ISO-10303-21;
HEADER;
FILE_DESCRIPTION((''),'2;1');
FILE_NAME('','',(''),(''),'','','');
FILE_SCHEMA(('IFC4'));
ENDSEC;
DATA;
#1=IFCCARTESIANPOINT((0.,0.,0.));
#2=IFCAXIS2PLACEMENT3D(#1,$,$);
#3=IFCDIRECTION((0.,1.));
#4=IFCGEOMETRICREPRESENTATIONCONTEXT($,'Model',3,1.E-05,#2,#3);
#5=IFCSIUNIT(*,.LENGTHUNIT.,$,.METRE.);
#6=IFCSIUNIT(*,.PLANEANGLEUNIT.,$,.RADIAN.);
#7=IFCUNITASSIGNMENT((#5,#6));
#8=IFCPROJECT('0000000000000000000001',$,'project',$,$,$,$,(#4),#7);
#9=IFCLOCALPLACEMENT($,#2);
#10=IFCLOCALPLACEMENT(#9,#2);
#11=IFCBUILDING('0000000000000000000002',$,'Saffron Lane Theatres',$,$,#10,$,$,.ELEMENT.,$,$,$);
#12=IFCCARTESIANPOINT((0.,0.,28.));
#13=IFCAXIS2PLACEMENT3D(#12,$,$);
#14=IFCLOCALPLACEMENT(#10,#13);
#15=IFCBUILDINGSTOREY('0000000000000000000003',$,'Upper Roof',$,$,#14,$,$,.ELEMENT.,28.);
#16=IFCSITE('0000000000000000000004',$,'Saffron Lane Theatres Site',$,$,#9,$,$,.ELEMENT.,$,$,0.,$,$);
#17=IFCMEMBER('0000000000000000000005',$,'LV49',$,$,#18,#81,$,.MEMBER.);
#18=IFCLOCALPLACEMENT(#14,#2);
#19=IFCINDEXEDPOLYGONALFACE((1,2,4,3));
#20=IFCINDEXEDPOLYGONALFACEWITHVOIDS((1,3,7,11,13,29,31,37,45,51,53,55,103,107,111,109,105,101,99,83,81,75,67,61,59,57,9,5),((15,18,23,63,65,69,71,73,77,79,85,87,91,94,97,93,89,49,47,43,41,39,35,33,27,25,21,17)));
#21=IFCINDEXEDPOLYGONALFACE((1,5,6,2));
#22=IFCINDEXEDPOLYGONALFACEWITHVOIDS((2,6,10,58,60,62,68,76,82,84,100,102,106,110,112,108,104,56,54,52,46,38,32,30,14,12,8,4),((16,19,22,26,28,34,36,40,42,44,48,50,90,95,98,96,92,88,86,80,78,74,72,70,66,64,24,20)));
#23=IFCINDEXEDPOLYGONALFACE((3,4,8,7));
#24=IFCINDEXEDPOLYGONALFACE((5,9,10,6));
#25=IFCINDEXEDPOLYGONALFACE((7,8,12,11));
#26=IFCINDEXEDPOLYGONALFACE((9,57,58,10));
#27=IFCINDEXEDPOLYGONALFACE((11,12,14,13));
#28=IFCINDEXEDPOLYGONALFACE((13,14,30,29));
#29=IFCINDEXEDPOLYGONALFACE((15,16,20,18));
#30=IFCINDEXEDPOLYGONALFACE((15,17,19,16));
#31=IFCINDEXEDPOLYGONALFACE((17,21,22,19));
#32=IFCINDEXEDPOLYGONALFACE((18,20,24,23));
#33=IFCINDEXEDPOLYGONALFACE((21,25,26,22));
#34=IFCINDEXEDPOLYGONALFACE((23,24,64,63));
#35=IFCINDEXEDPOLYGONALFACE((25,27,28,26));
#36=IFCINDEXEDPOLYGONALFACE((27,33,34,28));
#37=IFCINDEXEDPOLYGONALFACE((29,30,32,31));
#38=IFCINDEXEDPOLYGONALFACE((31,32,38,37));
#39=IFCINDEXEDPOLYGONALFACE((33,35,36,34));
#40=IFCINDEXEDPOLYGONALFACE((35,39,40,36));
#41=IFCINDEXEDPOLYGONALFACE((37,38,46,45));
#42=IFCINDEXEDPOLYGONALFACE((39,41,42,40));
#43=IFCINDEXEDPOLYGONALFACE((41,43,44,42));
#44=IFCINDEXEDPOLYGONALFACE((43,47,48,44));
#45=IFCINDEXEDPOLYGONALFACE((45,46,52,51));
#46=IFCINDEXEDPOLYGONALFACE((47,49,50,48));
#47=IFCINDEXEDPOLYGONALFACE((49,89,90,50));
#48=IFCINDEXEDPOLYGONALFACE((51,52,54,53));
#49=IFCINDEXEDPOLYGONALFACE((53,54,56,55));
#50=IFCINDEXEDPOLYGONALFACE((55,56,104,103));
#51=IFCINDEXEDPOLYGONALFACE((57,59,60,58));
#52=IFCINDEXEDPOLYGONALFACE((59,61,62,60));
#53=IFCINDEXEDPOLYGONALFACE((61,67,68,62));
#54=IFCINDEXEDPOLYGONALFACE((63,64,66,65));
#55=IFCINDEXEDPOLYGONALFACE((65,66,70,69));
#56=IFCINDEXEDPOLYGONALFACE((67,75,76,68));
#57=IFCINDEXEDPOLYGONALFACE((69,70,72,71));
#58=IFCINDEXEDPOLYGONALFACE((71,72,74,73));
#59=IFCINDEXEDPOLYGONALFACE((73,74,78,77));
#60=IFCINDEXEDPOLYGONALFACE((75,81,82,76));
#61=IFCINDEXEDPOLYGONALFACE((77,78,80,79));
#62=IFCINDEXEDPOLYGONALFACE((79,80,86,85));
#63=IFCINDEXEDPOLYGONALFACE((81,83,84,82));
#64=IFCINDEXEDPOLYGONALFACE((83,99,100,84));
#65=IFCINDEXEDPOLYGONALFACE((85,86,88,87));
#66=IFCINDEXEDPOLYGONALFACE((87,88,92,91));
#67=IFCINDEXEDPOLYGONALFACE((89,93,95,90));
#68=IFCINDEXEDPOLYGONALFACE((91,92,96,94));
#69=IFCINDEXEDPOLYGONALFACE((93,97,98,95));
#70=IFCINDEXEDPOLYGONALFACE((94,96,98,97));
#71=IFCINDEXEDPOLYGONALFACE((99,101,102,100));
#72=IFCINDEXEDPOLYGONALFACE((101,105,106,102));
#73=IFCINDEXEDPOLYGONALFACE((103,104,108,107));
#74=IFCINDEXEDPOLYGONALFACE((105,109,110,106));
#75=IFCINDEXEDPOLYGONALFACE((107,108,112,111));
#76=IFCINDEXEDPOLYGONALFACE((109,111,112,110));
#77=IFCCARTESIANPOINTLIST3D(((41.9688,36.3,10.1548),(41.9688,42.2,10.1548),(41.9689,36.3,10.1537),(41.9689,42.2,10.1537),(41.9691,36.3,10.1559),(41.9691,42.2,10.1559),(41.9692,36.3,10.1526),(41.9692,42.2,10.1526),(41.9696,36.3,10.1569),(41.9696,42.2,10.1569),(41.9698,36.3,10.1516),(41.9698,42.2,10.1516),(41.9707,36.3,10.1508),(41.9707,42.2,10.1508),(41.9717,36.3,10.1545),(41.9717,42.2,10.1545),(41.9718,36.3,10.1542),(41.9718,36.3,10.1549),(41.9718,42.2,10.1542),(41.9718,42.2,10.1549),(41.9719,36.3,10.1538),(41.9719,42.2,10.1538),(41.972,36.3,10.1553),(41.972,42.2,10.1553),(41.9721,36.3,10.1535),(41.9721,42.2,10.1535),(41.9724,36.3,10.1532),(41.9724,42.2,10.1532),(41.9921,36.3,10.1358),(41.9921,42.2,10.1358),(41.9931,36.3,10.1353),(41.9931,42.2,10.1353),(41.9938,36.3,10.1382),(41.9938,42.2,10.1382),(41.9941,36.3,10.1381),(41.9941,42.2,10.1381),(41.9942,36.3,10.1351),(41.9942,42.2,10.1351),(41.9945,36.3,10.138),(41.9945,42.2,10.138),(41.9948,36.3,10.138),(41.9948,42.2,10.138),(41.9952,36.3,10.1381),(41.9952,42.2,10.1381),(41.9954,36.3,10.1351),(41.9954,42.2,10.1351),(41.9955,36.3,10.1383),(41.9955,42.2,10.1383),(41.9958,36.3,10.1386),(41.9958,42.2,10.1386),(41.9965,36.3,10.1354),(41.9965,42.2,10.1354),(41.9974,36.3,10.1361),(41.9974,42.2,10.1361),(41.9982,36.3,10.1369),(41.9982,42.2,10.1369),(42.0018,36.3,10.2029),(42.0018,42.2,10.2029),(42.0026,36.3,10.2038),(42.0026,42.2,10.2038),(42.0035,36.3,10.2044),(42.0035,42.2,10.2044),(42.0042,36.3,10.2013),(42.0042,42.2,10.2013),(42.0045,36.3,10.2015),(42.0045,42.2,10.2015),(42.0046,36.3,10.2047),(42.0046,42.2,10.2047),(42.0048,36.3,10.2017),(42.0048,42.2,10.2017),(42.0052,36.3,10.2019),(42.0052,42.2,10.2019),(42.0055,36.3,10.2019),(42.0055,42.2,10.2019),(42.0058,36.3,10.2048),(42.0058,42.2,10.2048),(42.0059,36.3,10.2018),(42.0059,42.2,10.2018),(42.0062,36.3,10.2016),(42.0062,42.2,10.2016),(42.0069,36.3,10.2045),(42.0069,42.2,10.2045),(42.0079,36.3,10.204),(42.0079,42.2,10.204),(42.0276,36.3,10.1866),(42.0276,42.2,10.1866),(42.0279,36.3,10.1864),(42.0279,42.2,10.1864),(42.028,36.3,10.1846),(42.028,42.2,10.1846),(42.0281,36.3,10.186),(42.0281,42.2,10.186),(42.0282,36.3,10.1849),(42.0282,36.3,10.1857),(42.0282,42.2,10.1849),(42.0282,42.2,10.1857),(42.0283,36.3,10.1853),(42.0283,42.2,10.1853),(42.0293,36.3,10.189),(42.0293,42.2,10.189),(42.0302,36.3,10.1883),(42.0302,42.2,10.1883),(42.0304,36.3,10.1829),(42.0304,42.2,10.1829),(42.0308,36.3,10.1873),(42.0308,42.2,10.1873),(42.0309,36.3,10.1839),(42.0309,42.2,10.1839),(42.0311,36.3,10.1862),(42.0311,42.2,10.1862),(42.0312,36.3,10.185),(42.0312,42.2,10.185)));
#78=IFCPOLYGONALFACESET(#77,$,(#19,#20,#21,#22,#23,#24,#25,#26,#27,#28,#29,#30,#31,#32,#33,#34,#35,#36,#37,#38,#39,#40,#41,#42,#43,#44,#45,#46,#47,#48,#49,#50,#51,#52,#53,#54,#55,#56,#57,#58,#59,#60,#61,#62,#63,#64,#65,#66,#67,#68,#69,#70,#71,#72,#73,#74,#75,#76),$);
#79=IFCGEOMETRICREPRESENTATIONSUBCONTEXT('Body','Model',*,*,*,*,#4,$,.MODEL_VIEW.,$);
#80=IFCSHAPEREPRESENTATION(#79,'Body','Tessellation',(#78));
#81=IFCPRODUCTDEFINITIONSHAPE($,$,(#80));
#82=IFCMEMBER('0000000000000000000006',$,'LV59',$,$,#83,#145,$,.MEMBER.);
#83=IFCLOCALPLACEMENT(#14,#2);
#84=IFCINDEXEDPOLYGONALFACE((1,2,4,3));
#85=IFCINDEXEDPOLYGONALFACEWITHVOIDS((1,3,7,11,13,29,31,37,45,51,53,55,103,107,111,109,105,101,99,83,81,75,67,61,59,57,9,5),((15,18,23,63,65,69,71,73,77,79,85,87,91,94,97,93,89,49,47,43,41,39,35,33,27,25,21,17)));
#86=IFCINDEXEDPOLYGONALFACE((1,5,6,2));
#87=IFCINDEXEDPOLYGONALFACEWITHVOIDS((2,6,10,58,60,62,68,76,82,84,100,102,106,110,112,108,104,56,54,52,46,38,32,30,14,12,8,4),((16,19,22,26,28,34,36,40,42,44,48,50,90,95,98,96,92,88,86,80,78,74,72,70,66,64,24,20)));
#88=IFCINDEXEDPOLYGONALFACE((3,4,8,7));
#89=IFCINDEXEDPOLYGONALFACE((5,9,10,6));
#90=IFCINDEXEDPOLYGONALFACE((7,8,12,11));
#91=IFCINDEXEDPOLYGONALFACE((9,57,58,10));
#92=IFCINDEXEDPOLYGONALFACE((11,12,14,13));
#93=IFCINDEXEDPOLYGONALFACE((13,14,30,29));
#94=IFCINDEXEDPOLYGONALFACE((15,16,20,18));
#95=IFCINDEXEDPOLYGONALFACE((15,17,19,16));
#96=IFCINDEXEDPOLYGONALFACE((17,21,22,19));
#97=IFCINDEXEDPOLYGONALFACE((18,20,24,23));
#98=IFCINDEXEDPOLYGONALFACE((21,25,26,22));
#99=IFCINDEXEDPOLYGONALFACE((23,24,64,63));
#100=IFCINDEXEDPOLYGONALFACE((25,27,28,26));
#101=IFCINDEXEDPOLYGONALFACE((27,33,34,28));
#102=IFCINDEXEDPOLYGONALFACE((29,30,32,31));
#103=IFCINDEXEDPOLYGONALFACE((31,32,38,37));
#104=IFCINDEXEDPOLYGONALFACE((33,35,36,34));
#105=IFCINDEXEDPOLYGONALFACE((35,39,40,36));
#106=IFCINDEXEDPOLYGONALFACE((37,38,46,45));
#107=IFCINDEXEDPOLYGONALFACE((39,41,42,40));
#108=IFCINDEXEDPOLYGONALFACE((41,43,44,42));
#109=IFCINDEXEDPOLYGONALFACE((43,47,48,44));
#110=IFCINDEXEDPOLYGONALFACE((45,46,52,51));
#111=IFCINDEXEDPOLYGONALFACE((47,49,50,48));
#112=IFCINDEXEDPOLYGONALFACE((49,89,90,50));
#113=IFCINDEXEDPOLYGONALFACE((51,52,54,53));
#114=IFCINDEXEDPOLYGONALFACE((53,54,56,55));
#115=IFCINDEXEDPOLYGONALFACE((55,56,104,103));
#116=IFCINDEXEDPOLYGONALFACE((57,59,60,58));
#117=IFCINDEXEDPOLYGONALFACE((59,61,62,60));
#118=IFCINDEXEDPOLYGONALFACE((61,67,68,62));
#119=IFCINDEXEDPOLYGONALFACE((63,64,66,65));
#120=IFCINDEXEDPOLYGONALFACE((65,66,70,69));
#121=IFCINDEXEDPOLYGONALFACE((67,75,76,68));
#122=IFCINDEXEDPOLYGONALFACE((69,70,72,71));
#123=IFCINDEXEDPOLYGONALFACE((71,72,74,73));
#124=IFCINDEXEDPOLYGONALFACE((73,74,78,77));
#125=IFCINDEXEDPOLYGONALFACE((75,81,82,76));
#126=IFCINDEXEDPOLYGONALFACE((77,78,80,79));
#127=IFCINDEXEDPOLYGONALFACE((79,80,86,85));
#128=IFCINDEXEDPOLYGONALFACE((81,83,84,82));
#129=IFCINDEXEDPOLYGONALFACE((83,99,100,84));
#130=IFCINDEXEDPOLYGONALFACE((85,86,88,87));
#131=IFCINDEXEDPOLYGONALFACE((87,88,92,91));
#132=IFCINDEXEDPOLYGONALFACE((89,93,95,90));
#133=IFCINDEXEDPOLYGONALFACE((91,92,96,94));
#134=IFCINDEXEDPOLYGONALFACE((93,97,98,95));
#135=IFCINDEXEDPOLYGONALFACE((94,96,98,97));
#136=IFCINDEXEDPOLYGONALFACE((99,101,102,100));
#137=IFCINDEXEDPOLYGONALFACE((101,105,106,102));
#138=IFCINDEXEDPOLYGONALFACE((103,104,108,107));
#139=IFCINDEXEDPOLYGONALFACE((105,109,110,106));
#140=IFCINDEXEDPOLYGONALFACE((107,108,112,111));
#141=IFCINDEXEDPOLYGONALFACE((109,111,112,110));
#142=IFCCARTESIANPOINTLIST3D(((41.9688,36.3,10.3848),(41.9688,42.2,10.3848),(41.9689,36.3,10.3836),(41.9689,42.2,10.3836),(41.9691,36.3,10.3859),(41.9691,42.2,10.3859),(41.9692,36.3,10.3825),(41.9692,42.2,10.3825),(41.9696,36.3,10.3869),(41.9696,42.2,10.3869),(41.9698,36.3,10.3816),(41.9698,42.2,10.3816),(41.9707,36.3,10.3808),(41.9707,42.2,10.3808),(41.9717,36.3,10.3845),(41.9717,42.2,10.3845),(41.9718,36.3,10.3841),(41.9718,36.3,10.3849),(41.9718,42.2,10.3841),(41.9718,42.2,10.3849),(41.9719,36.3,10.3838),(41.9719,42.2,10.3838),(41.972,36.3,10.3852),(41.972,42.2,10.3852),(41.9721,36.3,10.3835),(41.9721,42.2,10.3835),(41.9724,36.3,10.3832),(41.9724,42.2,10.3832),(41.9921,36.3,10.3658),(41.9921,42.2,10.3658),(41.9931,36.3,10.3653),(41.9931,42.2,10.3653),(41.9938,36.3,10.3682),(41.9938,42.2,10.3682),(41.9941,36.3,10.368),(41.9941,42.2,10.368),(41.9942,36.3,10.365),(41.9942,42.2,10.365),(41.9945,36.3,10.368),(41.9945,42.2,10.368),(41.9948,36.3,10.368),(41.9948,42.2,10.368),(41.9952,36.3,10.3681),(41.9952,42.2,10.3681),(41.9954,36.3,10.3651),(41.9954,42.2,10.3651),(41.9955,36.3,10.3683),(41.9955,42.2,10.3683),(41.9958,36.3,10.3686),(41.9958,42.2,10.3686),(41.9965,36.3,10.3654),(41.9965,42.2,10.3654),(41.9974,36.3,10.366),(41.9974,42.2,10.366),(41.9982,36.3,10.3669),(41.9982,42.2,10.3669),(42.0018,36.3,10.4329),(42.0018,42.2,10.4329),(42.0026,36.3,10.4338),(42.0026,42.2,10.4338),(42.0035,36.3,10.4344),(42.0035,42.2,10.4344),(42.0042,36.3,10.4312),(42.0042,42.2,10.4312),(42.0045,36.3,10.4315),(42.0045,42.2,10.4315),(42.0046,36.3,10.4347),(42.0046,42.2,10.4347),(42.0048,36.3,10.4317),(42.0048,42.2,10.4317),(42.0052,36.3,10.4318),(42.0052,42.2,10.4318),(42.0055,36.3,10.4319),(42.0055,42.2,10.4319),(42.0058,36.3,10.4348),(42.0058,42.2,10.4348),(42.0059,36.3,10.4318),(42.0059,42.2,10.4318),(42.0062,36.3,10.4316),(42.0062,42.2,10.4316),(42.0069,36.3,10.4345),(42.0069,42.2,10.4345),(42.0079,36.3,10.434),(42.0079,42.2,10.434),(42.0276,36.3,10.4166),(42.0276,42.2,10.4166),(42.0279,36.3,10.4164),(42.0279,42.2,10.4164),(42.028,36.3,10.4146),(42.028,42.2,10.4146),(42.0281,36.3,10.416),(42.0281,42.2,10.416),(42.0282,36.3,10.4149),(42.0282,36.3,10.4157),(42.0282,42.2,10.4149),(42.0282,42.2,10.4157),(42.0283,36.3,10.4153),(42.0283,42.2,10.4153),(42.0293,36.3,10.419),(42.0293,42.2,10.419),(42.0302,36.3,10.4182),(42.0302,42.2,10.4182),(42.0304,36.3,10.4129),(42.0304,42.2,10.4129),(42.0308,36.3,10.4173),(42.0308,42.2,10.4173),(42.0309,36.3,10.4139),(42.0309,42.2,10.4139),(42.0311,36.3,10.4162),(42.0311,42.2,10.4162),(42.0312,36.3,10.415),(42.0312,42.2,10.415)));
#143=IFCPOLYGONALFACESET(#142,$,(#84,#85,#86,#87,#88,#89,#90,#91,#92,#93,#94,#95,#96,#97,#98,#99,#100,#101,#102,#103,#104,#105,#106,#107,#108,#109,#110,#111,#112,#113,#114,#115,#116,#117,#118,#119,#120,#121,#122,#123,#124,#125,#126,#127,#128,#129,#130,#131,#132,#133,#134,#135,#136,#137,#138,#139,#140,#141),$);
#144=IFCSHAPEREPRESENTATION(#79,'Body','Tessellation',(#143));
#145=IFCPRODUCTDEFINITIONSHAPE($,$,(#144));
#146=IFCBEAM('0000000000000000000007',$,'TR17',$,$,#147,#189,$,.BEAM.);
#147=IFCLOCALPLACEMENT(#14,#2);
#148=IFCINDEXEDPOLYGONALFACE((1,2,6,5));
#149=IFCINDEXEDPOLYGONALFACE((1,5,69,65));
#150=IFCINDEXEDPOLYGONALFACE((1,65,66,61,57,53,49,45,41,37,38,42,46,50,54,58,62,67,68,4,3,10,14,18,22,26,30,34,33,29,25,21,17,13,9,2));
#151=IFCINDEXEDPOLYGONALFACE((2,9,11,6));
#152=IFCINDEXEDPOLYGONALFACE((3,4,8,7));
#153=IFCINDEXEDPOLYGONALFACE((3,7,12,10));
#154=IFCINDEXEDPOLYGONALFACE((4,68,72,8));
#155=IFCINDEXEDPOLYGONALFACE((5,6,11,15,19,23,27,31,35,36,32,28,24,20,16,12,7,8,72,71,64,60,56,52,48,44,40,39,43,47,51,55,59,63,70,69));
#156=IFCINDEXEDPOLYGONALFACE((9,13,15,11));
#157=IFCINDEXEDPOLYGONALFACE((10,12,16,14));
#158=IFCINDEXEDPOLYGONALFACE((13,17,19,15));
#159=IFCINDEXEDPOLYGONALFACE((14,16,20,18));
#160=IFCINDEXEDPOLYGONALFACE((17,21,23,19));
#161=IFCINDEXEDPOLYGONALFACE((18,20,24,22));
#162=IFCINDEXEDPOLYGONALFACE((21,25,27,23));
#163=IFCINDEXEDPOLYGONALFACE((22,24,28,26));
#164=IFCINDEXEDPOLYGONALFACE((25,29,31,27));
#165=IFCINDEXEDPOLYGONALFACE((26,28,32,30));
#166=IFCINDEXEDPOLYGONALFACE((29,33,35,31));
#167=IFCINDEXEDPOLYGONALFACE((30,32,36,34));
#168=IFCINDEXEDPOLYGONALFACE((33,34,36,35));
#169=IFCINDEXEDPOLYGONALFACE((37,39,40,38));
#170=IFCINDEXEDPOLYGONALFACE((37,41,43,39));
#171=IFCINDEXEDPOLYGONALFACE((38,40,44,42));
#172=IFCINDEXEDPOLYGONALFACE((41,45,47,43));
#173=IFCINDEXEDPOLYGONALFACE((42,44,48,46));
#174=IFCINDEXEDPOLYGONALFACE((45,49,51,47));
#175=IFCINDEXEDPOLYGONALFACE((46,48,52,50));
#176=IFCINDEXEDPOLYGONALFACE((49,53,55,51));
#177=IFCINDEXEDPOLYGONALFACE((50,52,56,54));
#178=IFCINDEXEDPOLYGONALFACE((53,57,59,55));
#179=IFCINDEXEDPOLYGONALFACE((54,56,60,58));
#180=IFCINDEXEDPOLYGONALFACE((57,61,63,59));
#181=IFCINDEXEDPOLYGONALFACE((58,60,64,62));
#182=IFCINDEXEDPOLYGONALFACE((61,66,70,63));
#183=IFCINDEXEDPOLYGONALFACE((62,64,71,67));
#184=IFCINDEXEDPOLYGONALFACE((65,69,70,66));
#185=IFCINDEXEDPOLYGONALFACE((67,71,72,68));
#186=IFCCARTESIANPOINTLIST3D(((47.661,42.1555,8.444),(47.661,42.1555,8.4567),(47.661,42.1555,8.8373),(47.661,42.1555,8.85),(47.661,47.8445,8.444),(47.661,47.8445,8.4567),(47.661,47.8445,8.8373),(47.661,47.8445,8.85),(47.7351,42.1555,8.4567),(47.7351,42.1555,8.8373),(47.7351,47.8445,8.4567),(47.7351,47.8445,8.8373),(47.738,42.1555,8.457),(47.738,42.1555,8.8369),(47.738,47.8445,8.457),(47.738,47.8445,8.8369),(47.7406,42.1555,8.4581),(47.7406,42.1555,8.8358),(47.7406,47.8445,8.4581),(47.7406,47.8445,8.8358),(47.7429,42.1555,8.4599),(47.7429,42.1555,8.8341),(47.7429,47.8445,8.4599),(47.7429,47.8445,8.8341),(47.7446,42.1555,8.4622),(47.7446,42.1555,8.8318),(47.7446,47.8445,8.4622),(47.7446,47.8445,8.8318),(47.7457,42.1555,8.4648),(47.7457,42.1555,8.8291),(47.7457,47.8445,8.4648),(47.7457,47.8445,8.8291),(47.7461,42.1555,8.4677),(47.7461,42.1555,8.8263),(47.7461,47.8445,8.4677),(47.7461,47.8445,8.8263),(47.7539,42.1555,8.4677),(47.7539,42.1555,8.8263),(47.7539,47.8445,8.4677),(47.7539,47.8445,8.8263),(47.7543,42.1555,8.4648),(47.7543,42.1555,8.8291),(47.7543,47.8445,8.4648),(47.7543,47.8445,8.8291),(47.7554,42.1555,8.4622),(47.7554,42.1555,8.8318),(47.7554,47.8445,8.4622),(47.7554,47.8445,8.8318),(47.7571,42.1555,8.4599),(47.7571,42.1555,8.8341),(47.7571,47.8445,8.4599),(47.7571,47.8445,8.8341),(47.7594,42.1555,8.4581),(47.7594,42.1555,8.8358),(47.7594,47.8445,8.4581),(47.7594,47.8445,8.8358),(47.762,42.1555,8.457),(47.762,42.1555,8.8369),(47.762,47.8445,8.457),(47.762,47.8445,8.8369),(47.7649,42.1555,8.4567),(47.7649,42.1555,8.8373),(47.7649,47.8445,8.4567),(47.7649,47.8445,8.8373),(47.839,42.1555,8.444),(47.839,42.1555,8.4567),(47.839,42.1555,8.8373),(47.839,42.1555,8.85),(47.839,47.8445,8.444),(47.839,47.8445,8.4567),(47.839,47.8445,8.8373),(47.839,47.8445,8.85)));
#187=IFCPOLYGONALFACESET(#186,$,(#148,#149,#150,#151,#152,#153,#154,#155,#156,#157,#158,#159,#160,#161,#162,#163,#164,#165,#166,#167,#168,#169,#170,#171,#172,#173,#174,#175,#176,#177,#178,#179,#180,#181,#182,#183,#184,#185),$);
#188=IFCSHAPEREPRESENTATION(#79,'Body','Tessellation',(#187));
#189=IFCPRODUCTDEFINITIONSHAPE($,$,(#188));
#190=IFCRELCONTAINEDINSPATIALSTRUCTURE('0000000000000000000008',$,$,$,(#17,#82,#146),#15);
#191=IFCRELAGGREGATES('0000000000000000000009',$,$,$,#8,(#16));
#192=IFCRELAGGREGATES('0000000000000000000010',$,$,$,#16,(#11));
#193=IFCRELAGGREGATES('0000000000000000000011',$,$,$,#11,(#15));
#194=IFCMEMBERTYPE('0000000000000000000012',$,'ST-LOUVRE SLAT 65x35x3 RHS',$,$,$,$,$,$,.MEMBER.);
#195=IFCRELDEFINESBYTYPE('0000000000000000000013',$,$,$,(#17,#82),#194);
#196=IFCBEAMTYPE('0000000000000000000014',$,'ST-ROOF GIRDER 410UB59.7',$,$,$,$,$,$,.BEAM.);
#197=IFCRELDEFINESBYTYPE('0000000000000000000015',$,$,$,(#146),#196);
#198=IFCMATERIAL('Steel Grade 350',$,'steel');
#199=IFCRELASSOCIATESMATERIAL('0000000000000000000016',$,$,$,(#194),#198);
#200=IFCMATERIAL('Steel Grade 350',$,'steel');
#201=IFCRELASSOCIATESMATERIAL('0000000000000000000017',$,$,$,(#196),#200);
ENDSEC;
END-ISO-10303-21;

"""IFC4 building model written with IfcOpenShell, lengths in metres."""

from ifc_helpers import new_model, si_unit, direction, frame, origin, origin_2d, place, context, subcontext, project, spatial, hollow_rectangle, i_section, extrude, material, material_profile, profile_set, type_object, element, save


model = new_model("IFC4")

# Units and contexts
model_context = context("Model", 3, precision=1e-05, world=origin(), true_north=direction((0.0, 1.0)))
body_context = subcontext(model_context, "Body", "Model", "MODEL_VIEW")
ifc_project = project(units=[si_unit("LENGTHUNIT", "METRE"), si_unit("PLANEANGLEUNIT", "RADIAN")], contexts=[model_context])

# Site, building, storey
site_placement = place(None, origin())
site = spatial("IfcSite", under=ifc_project, at=site_placement, Name="Saffron Lane Theatres Site", CompositionType="ELEMENT", RefElevation=0.0)
building_placement = place(site_placement, origin())
building = spatial("IfcBuilding", under=site, at=building_placement, Name="Saffron Lane Theatres", CompositionType="ELEMENT")
storey_placement = place(building_placement, frame((0.0, 0.0, 28.0)))
storey = spatial("IfcBuildingStorey", under=building, at=storey_placement, Name="Upper Roof", CompositionType="ELEMENT", Elevation=28.0)

# Members
ifc_material_1 = material(Name="Steel Grade 350", Category="steel")
ifc_material_profile_1 = material_profile(ifc_material_1, hollow_rectangle(XDim=0.0349, YDim=0.0649, WallThickness=0.0029, InnerFilletRadius=0.0015, OuterFilletRadius=0.0044, at=origin_2d()))
ifc_profile_set_1 = profile_set([ifc_material_profile_1], Name="Steel Grade 350")
member_type_1 = type_object("IfcMemberType", Name="ST-LOUVRE SLAT 65x35x3 RHS", PredefinedType="MEMBER", material=ifc_profile_set_1)
for number, where, z_axis, x_axis, name in (
    (1, (42.0, 36.3, 10.1699), (0.0, 1.0, 0.0), (-0.819152, 0.0, 0.573576), "LV49"),
    (2, (42.0, 36.3, 10.3999), (0.0, 1.0, 0.0), (-0.819152, 0.0, 0.573576), "LV59"),
):
    element("IfcMember", number, at=place(storey_placement, frame(where, z_axis=z_axis, x_axis=x_axis)), inside=storey, type_object=member_type_1, Name=name, PredefinedType="MEMBER", context=body_context, shape_type="SweptSolid", body=[
        extrude(hollow_rectangle(XDim=0.0349, YDim=0.0649, WallThickness=0.0029, InnerFilletRadius=0.0015, OuterFilletRadius=0.0044, at=origin_2d()), origin(), (0.0, 0.0, 1.0), 5.8999),
    ])

# Beam
ifc_material_2 = material(Name="Steel Grade 350", Category="steel")
ifc_material_profile_2 = material_profile(ifc_material_2, i_section(OverallWidth=0.178, OverallDepth=0.406, WebThickness=0.0078, FlangeThickness=0.0127, FilletRadius=0.011, at=origin_2d()))
ifc_profile_set_2 = profile_set([ifc_material_profile_2], Name="Steel Grade 350")
beam_type_1 = type_object("IfcBeamType", Name="ST-ROOF GIRDER 410UB59.7", PredefinedType="BEAM", material=ifc_profile_set_2)
beam_1_placement = place(storey_placement, frame((47.75, 42.1555, 8.647), z_axis=(0.0, 1.0, 0.0), x_axis=(-1.0, 0.0, 0.0)))
element("IfcBeam", 3, at=beam_1_placement, inside=storey, type_object=beam_type_1, Name="TR17", PredefinedType="BEAM", context=body_context, shape_type="SweptSolid", body=[
    extrude(i_section(OverallWidth=0.178, OverallDepth=0.406, WebThickness=0.0078, FlangeThickness=0.0127, FilletRadius=0.011, at=origin_2d()), origin(), (0.0, 0.0, 1.0), 5.689),
])

save(model, "model.ifc")
